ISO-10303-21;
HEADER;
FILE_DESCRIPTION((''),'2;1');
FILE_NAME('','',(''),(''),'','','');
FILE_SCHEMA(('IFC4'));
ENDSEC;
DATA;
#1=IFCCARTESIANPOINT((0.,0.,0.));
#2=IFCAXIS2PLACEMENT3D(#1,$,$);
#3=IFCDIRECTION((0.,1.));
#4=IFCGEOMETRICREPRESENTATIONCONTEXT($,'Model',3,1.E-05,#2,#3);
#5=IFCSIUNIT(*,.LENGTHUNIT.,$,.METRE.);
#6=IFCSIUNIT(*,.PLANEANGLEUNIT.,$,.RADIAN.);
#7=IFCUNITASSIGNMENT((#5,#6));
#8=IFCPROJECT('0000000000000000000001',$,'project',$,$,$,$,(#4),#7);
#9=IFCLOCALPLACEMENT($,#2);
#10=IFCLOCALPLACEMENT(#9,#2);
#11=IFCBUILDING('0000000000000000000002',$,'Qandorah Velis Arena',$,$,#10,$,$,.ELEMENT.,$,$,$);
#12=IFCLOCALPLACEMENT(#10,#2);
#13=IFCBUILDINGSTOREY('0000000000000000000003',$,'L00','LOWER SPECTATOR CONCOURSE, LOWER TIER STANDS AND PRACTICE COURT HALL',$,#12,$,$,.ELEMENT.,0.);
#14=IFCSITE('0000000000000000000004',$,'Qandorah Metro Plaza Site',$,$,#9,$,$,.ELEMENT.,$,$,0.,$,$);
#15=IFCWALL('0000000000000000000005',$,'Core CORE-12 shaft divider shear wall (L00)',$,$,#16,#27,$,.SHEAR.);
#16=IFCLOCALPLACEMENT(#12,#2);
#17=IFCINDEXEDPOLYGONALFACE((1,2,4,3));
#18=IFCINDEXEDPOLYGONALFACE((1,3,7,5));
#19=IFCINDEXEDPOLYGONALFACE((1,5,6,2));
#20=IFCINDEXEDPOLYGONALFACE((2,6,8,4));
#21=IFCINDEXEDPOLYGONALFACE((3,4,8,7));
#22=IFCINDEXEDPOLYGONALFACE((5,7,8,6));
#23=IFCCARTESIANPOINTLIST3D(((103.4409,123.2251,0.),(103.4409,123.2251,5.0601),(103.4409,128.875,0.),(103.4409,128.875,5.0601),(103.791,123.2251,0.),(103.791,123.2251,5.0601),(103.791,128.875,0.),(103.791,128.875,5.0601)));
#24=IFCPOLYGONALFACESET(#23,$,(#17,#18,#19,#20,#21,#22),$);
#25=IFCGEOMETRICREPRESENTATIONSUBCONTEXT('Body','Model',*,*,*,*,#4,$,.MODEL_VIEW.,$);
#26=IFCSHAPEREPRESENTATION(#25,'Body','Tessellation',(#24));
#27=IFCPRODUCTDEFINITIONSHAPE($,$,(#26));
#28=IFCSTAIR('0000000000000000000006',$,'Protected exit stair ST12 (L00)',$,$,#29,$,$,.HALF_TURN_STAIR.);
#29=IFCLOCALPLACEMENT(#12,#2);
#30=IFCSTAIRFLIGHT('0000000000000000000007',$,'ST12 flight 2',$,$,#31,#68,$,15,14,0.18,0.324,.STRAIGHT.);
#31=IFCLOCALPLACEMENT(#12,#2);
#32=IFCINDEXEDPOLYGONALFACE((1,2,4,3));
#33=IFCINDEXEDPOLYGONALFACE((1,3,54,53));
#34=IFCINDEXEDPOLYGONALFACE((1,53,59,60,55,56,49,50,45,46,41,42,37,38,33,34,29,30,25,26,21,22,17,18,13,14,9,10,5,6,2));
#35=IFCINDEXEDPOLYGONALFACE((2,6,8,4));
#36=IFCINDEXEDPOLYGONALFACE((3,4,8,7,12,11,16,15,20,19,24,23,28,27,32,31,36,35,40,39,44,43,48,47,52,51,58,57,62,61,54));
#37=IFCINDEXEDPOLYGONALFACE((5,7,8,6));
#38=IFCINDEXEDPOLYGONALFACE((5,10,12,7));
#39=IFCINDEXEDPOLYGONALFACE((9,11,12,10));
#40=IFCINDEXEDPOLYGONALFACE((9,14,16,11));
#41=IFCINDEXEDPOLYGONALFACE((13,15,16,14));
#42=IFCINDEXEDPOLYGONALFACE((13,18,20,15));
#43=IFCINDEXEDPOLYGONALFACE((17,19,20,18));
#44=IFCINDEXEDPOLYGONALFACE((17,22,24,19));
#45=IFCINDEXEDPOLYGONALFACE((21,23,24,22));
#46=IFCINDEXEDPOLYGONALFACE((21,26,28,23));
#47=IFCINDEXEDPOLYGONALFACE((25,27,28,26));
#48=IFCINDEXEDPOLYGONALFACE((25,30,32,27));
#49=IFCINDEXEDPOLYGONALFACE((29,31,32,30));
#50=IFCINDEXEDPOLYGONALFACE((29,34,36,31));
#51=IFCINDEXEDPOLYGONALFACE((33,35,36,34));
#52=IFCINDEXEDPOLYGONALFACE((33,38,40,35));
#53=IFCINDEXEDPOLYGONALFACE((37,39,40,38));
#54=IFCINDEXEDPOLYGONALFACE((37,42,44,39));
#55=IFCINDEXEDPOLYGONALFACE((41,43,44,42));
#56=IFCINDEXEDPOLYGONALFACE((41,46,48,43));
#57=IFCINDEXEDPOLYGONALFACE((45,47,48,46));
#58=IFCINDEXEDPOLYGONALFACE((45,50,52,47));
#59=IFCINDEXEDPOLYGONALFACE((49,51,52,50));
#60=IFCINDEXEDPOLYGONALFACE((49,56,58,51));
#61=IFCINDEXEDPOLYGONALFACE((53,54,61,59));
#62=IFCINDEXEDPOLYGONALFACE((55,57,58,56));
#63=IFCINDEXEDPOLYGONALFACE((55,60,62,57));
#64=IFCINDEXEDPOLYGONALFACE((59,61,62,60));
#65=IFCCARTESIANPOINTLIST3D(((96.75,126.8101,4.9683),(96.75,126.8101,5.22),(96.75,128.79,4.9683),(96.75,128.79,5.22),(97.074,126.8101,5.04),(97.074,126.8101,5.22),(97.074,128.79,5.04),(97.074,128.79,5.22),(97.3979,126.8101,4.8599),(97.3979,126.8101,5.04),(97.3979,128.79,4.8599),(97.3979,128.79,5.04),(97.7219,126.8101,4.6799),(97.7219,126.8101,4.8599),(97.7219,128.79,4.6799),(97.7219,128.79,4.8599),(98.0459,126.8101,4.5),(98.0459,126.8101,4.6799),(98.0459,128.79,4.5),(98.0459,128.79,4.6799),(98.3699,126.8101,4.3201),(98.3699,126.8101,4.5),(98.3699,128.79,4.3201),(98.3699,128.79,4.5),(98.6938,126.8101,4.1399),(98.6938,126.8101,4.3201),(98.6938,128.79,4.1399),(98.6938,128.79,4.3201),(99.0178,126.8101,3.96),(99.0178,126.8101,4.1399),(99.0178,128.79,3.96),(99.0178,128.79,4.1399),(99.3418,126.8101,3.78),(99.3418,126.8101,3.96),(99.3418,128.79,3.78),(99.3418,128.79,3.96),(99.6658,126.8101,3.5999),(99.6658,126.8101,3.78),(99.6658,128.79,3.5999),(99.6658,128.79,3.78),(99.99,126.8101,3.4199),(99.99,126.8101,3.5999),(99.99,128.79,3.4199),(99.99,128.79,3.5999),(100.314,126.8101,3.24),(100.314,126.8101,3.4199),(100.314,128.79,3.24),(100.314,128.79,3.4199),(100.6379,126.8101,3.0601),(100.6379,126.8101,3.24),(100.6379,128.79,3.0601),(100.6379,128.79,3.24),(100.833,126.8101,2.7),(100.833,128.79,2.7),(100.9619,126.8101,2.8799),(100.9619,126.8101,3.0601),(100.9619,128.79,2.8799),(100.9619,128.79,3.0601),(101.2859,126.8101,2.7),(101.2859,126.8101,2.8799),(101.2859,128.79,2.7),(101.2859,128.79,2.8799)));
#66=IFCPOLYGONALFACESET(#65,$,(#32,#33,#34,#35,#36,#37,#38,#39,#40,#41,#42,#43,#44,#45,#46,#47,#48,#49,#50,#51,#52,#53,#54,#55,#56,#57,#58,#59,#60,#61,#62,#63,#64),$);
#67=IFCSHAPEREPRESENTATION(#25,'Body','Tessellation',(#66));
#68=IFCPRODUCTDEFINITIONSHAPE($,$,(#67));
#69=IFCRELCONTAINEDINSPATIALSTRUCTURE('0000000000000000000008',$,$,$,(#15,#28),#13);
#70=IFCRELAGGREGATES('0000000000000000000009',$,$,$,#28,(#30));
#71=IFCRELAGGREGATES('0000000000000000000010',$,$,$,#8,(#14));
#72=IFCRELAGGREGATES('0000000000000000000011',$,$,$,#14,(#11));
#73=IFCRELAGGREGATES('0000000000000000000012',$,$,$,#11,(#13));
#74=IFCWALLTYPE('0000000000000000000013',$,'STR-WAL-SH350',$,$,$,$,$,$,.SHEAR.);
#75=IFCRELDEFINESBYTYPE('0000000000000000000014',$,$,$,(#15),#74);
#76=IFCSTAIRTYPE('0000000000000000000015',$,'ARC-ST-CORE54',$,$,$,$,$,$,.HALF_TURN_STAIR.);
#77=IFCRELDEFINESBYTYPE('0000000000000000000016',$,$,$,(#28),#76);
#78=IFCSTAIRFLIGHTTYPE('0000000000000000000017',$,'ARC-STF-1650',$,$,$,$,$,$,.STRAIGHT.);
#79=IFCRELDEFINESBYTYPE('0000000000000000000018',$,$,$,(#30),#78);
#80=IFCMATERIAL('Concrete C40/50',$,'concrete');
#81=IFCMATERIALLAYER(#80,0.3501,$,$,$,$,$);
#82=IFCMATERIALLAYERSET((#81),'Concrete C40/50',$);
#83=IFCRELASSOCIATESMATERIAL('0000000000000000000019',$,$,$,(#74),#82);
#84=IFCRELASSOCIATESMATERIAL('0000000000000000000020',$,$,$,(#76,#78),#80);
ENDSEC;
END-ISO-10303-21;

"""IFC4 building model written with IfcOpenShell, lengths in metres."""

from ifc_helpers import new_model, si_unit, direction, frame, frame_2d, origin, place, context, subcontext, project, spatial, polyline, rectangle, outline, extrude, material, layer, layer_set, type_object, element, aggregate, save


model = new_model("IFC4")

# Units and contexts
model_context = context("Model", 3, precision=1e-05, world=origin(), true_north=direction((0.0, 1.0)))
body_context = subcontext(model_context, "Body", "Model", "MODEL_VIEW")
ifc_project = project(units=[si_unit("LENGTHUNIT", "METRE"), si_unit("PLANEANGLEUNIT", "RADIAN")], contexts=[model_context])

# Site, building, storey
site_placement = place(None, origin())
site = spatial("IfcSite", under=ifc_project, at=site_placement, Name="Qandorah Metro Plaza Site", CompositionType="ELEMENT", RefElevation=0.0)
building_placement = place(site_placement, origin())
building = spatial("IfcBuilding", under=site, at=building_placement, Name="Qandorah Velis Arena", CompositionType="ELEMENT")
storey_placement = place(building_placement, origin())
storey = spatial("IfcBuildingStorey", under=building, at=storey_placement, Name="L00", Description="LOWER SPECTATOR CONCOURSE, LOWER TIER STANDS AND PRACTICE COURT HALL", CompositionType="ELEMENT", Elevation=0.0)

# Shared definitions
ifc_material_1 = material(Name="Concrete C40/50", Category="concrete")

# Wall
ifc_layer_1 = layer(ifc_material_1, 0.3501)
ifc_layer_set_1 = layer_set([ifc_layer_1], Name="Concrete C40/50")
wall_type_1 = type_object("IfcWallType", Name="STR-WAL-SH350", PredefinedType="SHEAR", material=ifc_layer_set_1)
wall_1_placement = place(storey_placement, frame((103.616, 123.2251, 0.0), z_axis=(0.0, 0.0, 1.0), x_axis=(0.0, 1.0, 0.0)))
element("IfcWall", 1, at=wall_1_placement, inside=storey, type_object=wall_type_1, Name="Core CORE-12 shaft divider shear wall (L00)", PredefinedType="SHEAR", context=body_context, shape_type="SweptSolid", body=[
    extrude(rectangle(XDim=5.6499, YDim=0.3501, at=frame_2d((2.825, 0.0))), origin(), (0.0, 0.0, 1.0), 5.0601),
])

# Stair, stair flight
stair_type = type_object("IfcStairType", Name="ARC-ST-CORE54", PredefinedType="HALF_TURN_STAIR", material=ifc_material_1)
stair_placement = place(storey_placement, origin())
stair = element("IfcStair", 2, at=stair_placement, inside=storey, type_object=stair_type, Name="Protected exit stair ST12 (L00)", PredefinedType="HALF_TURN_STAIR")
stair_flight_type = type_object("IfcStairFlightType", Name="ARC-STF-1650", PredefinedType="STRAIGHT", material=ifc_material_1)
stair_flight_placement = place(storey_placement, frame((101.2859, 127.8, 2.7), z_axis=(0.0, 0.0, 1.0), x_axis=(-1.0, 0.0, 0.0)))
stair_flight = element("IfcStairFlight", 3, at=stair_flight_placement, type_object=stair_flight_type, Name="ST12 flight 2", NumberOfRisers=15, NumberOfTreads=14, PredefinedType="STRAIGHT", RiserHeight=0.18, TreadLength=0.324, context=body_context, shape_type="SweptSolid", body=[
    extrude(outline(polyline([(0.0, 0.0), (0.0, 0.1799), (0.324, 0.1799), (0.324, 0.3601), (0.6479, 0.3601), (0.6479, 0.54), (0.9719, 0.54), (0.9719, 0.72), (1.2959, 0.72), (1.2959, 0.8999), (1.6201, 0.8999), (1.6201, 1.0801), (1.9441, 1.0801), (1.9441, 1.26), (2.2681, 1.26), (2.2681, 1.4399), (2.592, 1.4399), (2.592, 1.6201), (2.916, 1.6201), (2.916, 1.8), (3.24, 1.8), (3.24, 1.98), (3.564, 1.98), (3.564, 2.1599), (3.8879, 2.1599), (3.8879, 2.3401), (4.2119, 2.3401), (4.2119, 2.52), (4.5359, 2.52), (4.5359, 2.7), (4.5359, 2.2683), (0.4529, 0.0), (0.0, 0.0)])), frame((0.0, 0.99, 0.0), z_axis=(0.0, -1.0, 0.0), x_axis=(1.0, 0.0, 0.0)), (0.0, 0.0, 1.0), 1.98),
])
aggregate(stair, [stair_flight])

save(model, "model.ifc")
